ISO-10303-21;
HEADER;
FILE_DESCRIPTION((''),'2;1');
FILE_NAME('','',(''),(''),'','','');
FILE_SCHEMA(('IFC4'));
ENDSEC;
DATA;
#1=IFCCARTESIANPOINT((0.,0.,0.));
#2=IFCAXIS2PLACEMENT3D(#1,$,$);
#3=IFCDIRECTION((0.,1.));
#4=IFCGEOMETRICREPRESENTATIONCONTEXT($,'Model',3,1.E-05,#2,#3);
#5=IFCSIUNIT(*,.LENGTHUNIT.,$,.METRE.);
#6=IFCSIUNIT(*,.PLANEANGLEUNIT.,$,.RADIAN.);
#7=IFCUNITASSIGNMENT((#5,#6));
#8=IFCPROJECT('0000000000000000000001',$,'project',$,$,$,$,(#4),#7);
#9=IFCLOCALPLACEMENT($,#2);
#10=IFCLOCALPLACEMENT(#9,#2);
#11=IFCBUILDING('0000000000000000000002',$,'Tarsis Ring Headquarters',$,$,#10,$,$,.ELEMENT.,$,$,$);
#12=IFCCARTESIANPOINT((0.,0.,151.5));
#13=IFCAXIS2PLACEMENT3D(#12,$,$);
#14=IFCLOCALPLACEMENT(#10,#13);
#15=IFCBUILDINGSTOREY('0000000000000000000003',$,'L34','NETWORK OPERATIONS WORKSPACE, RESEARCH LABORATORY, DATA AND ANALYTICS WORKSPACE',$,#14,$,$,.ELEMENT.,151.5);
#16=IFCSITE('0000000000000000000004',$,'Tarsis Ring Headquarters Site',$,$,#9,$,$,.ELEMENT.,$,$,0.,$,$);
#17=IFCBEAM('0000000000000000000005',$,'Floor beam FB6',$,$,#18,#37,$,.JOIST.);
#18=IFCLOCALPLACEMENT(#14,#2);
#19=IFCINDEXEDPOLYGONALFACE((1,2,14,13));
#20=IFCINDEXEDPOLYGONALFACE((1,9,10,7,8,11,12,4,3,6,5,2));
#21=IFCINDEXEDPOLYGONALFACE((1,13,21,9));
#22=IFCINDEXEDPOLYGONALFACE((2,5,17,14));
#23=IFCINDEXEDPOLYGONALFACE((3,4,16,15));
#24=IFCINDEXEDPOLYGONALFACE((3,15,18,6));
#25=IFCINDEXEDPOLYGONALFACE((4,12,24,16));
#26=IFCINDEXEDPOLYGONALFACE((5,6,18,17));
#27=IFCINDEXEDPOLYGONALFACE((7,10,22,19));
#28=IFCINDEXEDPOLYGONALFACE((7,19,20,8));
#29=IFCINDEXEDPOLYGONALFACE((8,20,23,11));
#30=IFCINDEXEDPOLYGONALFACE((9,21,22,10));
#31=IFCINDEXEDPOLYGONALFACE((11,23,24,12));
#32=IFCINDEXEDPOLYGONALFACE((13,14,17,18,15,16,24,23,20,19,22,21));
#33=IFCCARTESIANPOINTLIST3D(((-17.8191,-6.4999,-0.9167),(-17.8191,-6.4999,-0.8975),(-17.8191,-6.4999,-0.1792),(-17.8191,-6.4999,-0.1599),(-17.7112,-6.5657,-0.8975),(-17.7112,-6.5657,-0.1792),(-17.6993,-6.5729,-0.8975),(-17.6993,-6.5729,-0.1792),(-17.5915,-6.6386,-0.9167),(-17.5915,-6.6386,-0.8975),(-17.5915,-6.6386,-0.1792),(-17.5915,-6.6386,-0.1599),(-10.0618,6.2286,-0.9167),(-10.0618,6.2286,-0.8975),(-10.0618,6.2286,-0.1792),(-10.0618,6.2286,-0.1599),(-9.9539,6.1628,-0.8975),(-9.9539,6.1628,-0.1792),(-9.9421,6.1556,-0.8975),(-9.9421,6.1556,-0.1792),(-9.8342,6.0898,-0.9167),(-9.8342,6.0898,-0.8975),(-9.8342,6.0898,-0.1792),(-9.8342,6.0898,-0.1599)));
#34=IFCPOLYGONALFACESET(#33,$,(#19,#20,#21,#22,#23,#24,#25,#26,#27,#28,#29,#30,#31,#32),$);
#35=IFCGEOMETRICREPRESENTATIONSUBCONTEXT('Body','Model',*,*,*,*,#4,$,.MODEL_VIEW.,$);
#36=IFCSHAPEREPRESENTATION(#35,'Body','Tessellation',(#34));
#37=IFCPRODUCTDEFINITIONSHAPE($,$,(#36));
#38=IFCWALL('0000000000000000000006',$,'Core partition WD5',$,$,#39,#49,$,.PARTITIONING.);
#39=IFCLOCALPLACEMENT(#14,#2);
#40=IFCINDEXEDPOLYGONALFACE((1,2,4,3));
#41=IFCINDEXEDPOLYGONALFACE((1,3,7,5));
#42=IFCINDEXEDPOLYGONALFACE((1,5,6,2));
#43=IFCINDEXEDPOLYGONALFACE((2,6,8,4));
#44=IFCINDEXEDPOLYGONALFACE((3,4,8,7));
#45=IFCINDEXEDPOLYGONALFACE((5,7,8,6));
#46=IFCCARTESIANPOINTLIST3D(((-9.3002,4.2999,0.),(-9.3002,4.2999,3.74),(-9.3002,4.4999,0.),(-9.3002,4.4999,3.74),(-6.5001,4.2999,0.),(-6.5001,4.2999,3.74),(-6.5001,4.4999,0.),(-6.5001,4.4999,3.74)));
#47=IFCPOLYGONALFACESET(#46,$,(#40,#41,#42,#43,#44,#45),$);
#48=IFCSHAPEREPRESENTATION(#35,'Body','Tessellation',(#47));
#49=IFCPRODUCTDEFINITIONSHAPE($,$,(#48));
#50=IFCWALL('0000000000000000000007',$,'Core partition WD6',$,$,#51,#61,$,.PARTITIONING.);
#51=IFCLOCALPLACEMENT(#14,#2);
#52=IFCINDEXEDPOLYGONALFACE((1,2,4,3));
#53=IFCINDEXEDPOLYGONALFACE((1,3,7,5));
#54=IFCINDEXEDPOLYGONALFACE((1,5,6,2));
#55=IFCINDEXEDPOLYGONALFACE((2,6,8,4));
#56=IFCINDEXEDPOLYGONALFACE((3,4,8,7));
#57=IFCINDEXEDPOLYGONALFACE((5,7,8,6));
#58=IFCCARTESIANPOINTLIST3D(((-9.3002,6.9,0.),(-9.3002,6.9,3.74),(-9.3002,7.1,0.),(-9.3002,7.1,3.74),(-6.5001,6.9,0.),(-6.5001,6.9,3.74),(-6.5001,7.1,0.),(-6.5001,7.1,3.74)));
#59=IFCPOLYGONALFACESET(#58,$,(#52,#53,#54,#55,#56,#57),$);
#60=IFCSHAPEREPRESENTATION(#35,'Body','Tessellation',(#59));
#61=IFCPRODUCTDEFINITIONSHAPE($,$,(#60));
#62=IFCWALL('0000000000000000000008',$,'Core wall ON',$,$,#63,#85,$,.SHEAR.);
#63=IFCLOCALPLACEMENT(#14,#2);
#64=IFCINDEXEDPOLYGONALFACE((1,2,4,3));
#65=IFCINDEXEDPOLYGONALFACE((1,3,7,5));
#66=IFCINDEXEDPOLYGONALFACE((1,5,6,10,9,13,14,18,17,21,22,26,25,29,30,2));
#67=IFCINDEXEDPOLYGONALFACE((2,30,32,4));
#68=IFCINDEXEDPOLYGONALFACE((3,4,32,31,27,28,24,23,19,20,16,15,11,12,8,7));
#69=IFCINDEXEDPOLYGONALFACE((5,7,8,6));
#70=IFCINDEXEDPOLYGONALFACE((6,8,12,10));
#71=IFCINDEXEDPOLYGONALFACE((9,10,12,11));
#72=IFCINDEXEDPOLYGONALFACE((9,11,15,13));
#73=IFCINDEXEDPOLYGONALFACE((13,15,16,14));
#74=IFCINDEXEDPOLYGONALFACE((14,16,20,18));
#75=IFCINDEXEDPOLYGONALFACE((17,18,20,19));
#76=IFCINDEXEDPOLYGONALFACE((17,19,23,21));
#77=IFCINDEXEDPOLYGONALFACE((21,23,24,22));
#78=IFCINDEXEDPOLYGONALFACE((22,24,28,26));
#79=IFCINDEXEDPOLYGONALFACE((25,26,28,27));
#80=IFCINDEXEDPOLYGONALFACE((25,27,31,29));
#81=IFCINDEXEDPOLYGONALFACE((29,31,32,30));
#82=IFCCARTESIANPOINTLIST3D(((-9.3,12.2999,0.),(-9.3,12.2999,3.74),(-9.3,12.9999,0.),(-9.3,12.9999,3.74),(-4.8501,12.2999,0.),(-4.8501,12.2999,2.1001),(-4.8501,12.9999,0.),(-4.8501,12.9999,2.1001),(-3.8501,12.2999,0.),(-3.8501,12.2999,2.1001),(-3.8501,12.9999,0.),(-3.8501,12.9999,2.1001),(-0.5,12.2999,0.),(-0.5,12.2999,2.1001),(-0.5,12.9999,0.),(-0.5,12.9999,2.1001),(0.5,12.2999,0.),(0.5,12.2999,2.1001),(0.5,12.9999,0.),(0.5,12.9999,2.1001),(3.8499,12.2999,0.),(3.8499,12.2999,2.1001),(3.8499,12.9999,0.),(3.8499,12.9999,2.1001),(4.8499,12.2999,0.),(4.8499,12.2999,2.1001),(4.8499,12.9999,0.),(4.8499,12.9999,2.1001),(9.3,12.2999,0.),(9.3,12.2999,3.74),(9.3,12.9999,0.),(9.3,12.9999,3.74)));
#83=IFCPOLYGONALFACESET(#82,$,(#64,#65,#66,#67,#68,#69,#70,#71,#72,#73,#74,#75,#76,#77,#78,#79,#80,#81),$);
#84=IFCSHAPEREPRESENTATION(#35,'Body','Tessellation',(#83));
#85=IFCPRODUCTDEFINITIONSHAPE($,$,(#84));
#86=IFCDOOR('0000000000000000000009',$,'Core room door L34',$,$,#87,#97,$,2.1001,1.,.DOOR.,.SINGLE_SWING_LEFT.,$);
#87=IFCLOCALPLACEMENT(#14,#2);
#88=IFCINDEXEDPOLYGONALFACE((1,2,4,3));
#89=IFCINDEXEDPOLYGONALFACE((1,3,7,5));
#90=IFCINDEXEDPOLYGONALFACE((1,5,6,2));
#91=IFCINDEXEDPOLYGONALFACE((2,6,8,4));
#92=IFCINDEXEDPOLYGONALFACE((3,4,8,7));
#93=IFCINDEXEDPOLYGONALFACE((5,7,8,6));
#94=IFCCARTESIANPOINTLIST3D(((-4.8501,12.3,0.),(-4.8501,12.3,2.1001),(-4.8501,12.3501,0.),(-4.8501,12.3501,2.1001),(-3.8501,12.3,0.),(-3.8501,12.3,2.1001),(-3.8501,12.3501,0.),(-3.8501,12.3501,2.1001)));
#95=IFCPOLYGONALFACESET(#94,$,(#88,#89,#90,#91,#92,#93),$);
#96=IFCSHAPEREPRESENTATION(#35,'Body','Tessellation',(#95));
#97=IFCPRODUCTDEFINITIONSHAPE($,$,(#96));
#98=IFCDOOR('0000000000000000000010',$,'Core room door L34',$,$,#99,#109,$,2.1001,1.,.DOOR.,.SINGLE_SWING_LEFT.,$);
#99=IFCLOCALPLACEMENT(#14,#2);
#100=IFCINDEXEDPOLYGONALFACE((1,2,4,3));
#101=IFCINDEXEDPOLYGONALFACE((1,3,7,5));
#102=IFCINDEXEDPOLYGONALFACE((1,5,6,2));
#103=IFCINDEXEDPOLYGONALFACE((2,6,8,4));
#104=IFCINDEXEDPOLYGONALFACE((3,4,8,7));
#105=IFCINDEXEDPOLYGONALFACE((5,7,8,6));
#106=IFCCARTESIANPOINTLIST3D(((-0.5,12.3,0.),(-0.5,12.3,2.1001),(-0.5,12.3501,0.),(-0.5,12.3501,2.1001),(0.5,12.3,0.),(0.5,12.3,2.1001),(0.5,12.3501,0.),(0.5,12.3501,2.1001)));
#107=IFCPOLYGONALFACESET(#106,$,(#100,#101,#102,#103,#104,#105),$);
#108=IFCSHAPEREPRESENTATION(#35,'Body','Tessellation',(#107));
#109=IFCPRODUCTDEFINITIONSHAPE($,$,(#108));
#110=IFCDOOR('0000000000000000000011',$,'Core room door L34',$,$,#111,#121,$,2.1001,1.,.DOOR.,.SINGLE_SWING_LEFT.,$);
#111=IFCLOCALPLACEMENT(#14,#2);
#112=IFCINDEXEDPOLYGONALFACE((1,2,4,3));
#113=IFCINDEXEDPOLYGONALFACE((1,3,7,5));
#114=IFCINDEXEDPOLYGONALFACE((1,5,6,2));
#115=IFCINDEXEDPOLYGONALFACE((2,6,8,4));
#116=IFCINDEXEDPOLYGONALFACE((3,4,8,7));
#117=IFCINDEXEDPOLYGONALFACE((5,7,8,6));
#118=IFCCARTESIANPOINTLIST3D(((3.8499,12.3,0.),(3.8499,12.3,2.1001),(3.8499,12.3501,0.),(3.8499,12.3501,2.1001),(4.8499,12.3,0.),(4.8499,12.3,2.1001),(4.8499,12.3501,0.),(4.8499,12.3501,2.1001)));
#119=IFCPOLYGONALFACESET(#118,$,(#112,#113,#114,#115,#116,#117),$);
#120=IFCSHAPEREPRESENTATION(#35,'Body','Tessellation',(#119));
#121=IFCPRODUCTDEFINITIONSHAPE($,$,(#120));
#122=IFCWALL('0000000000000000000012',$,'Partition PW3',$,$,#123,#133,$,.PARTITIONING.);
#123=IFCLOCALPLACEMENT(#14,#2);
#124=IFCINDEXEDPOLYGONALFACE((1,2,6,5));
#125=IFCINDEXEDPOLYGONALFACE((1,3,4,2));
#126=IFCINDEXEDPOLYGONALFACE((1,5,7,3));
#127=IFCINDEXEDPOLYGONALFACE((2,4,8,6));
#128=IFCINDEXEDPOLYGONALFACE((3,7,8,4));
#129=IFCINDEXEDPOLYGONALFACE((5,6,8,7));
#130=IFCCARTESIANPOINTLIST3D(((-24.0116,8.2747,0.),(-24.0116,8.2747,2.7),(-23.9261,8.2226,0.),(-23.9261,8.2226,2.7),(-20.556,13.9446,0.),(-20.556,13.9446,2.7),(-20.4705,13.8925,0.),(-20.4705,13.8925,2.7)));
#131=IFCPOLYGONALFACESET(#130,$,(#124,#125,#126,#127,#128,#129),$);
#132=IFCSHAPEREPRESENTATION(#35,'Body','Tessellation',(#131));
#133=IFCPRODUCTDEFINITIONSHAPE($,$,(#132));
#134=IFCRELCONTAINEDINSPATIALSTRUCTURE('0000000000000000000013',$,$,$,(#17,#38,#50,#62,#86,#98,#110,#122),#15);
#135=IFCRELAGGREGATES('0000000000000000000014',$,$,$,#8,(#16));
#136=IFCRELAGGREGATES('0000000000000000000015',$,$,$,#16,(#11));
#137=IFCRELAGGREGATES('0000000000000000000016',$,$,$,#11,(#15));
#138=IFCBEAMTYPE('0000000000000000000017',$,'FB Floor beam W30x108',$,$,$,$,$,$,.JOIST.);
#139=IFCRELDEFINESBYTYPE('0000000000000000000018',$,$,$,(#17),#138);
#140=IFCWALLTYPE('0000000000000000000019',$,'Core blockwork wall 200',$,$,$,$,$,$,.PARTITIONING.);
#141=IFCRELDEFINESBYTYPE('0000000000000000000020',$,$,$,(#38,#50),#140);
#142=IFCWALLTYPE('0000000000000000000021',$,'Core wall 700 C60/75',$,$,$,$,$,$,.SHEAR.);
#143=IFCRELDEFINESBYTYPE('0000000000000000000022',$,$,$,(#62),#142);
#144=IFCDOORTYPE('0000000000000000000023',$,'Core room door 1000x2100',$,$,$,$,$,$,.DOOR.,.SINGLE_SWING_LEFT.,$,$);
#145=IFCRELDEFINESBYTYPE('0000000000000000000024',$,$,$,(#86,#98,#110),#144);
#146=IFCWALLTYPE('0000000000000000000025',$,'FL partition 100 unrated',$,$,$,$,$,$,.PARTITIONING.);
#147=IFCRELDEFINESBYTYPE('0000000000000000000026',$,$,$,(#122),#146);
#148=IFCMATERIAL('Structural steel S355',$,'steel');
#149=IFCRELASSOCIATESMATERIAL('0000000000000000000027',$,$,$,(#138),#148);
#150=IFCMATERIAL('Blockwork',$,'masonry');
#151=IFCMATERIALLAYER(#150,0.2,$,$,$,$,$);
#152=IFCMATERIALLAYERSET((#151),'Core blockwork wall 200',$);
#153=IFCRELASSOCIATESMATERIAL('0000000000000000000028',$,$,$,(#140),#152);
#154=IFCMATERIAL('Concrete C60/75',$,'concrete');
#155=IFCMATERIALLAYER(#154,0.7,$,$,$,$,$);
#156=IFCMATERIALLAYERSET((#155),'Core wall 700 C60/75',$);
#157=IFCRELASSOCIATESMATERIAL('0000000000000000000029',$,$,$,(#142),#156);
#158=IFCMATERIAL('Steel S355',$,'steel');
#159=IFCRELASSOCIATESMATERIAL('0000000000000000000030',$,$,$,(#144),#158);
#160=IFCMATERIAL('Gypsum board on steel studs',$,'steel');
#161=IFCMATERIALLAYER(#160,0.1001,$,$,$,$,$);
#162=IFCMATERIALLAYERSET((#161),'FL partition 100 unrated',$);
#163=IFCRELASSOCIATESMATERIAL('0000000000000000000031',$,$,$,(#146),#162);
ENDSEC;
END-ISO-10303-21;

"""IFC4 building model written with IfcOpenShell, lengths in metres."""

from ifc_helpers import new_model, si_unit, direction, frame, frame_2d, origin, origin_2d, place, context, subcontext, project, spatial, rectangle, i_section, extrude, material, layer, layer_set, material_profile, profile_set, type_object, element, fill, save


model = new_model("IFC4")

# Units and contexts
model_context = context("Model", 3, precision=1e-05, world=origin(), true_north=direction((0.0, 1.0)))
body_context = subcontext(model_context, "Body", "Model", "MODEL_VIEW")
ifc_project = project(units=[si_unit("LENGTHUNIT", "METRE"), si_unit("PLANEANGLEUNIT", "RADIAN")], contexts=[model_context])

# Site, building, storey
site_placement = place(None, origin())
site = spatial("IfcSite", under=ifc_project, at=site_placement, Name="Tarsis Ring Headquarters Site", CompositionType="ELEMENT", RefElevation=0.0)
building_placement = place(site_placement, origin())
building = spatial("IfcBuilding", under=site, at=building_placement, Name="Tarsis Ring Headquarters", CompositionType="ELEMENT")
storey_placement = place(building_placement, frame((0.0, 0.0, 151.5)))
storey = spatial("IfcBuildingStorey", under=building, at=storey_placement, Name="L34", Description="NETWORK OPERATIONS WORKSPACE, RESEARCH LABORATORY, DATA AND ANALYTICS WORKSPACE", CompositionType="ELEMENT", Elevation=151.5)

# Beam
ifc_material_1 = material(Name="Structural steel S355", Category="steel")
ifc_material_profile = material_profile(ifc_material_1, i_section(OverallWidth=0.2666, OverallDepth=0.7568, WebThickness=0.0139, FlangeThickness=0.0193, at=origin_2d()), Name="W30x108")
ifc_profile_set = profile_set([ifc_material_profile], Name="Structural steel S355")
beam_type = type_object("IfcBeamType", Name="FB Floor beam W30x108", PredefinedType="JOIST", material=ifc_profile_set)
beam_placement = place(storey_placement, frame((-9.948, 6.1592, -0.5383), z_axis=(-0.520413, -0.853914, 0.0), x_axis=(0.853914, -0.520413, 0.0)))
element("IfcBeam", 1, at=beam_placement, inside=storey, type_object=beam_type, Name="Floor beam FB6", PredefinedType="JOIST", context=body_context, shape_type="SweptSolid", body=[
    extrude(i_section(OverallWidth=0.2666, OverallDepth=0.7568, WebThickness=0.0139, FlangeThickness=0.0193, at=origin_2d()), origin(), (0.0, 0.0, 1.0), 14.906),
])

# Walls
ifc_material_2 = material(Name="Blockwork", Category="masonry")
ifc_layer_1 = layer(ifc_material_2, 0.2)
ifc_layer_set_1 = layer_set([ifc_layer_1], Name="Core blockwork wall 200")
wall_type_1 = type_object("IfcWallType", Name="Core blockwork wall 200", PredefinedType="PARTITIONING", material=ifc_layer_set_1)
for number, where, z_axis, x_axis, name in (
    (2, (-9.3, 4.3999, 0.0), (0.0, 0.0, 1.0), (1.0, 0.0, 0.0), "Core partition WD5"),
    (3, (-9.3, 7.0, 0.0), (0.0, 0.0, 1.0), (1.0, 0.0, 0.0), "Core partition WD6"),
):
    element("IfcWall", number, at=place(storey_placement, frame(where, z_axis=z_axis, x_axis=x_axis)), inside=storey, type_object=wall_type_1, Name=name, PredefinedType="PARTITIONING", context=body_context, shape_type="SweptSolid", body=[
        extrude(rectangle(XDim=2.8, YDim=0.2, at=frame_2d((1.3999, 0.0))), origin(), (0.0, 0.0, 1.0), 3.74),
    ])

# Wall, openings, doors
ifc_material_3 = material(Name="Concrete C60/75", Category="concrete")
ifc_layer_2 = layer(ifc_material_3, 0.7)
ifc_layer_set_2 = layer_set([ifc_layer_2], Name="Core wall 700 C60/75")
wall_type_2 = type_object("IfcWallType", Name="Core wall 700 C60/75", PredefinedType="SHEAR", material=ifc_layer_set_2)
wall_1_placement = place(storey_placement, frame((-9.3, 12.6499, 0.0), z_axis=(0.0, 0.0, 1.0), x_axis=(1.0, 0.0, 0.0)))
wall_1 = element("IfcWall", 4, at=wall_1_placement, inside=storey, type_object=wall_type_2, Name="Core wall ON", PredefinedType="SHEAR", context=body_context, shape_type="SweptSolid", body=[
    extrude(rectangle(XDim=18.6001, YDim=0.7, at=frame_2d((9.3, 0.0))), origin(), (0.0, 0.0, 1.0), 3.74),
])
opening_1_placement = place(wall_1_placement, frame((4.45, 0.0, 0.0)))
opening_1 = element("IfcOpeningElement", 5, at=opening_1_placement, cuts=wall_1, PredefinedType="OPENING", context=body_context, shape_type="SweptSolid", body=[
    extrude(rectangle(XDim=1.0, YDim=2.1001, at=frame_2d((0.5, 1.05))), frame((0.0, 0.3599, 0.0), z_axis=(0.0, -1.0, 0.0), x_axis=(1.0, 0.0, 0.0)), (0.0, 0.0, 1.0), 0.72),
])
opening_2_placement = place(wall_1_placement, frame((8.8, 0.0, 0.0)))
opening_2 = element("IfcOpeningElement", 6, at=opening_2_placement, cuts=wall_1, PredefinedType="OPENING", context=body_context, shape_type="SweptSolid", body=[
    extrude(rectangle(XDim=1.0, YDim=2.1001, at=frame_2d((0.5, 1.05))), frame((0.0, 0.3599, 0.0), z_axis=(0.0, -1.0, 0.0), x_axis=(1.0, 0.0, 0.0)), (0.0, 0.0, 1.0), 0.72),
])
opening_3_placement = place(wall_1_placement, frame((13.1499, 0.0, 0.0)))
opening_3 = element("IfcOpeningElement", 7, at=opening_3_placement, cuts=wall_1, PredefinedType="OPENING", context=body_context, shape_type="SweptSolid", body=[
    extrude(rectangle(XDim=1.0, YDim=2.1001, at=frame_2d((0.5, 1.05))), frame((0.0, 0.3599, 0.0), z_axis=(0.0, -1.0, 0.0), x_axis=(1.0, 0.0, 0.0)), (0.0, 0.0, 1.0), 0.72),
])
ifc_material_4 = material(Name="Steel S355", Category="steel")
door_type_1 = type_object("IfcDoorType", Name="Core room door 1000x2100", OperationType="SINGLE_SWING_LEFT", PredefinedType="DOOR", material=ifc_material_4)
door_1_placement = place(opening_1_placement, origin())
door_1 = element("IfcDoor", 8, at=door_1_placement, inside=storey, type_object=door_type_1, Name="Core room door L34", OperationType="SINGLE_SWING_LEFT", OverallHeight=2.1001, OverallWidth=1.0, PredefinedType="DOOR", context=body_context, shape_type="SweptSolid", body=[
    extrude(rectangle(XDim=1.0, YDim=2.1001, at=frame_2d((0.5, 1.05))), frame((0.0, -0.2998, 0.0), z_axis=(0.0, -1.0, 0.0), x_axis=(1.0, 0.0, 0.0)), (0.0, 0.0, 1.0), 0.05),
])
fill(opening_1, door_1)
door_2_placement = place(opening_2_placement, origin())
door_2 = element("IfcDoor", 9, at=door_2_placement, inside=storey, type_object=door_type_1, Name="Core room door L34", OperationType="SINGLE_SWING_LEFT", OverallHeight=2.1001, OverallWidth=1.0, PredefinedType="DOOR", context=body_context, shape_type="SweptSolid", body=[
    extrude(rectangle(XDim=1.0, YDim=2.1001, at=frame_2d((0.5, 1.05))), frame((0.0, -0.2998, 0.0), z_axis=(0.0, -1.0, 0.0), x_axis=(1.0, 0.0, 0.0)), (0.0, 0.0, 1.0), 0.05),
])
fill(opening_2, door_2)
door_3_placement = place(opening_3_placement, origin())
door_3 = element("IfcDoor", 10, at=door_3_placement, inside=storey, type_object=door_type_1, Name="Core room door L34", OperationType="SINGLE_SWING_LEFT", OverallHeight=2.1001, OverallWidth=1.0, PredefinedType="DOOR", context=body_context, shape_type="SweptSolid", body=[
    extrude(rectangle(XDim=1.0, YDim=2.1001, at=frame_2d((0.5, 1.05))), frame((0.0, -0.2998, 0.0), z_axis=(0.0, -1.0, 0.0), x_axis=(1.0, 0.0, 0.0)), (0.0, 0.0, 1.0), 0.05),
])
fill(opening_3, door_3)

# Wall
ifc_material_5 = material(Name="Gypsum board on steel studs", Category="steel")
ifc_layer_3 = layer(ifc_material_5, 0.1001)
ifc_layer_set_3 = layer_set([ifc_layer_3], Name="FL partition 100 unrated")
wall_type_3 = type_object("IfcWallType", Name="FL partition 100 unrated", PredefinedType="PARTITIONING", material=ifc_layer_set_3)
wall_2_placement = place(storey_placement, frame((-23.9688, 8.2488, 0.0), z_axis=(0.0, 0.0, 1.0), x_axis=(0.52042, 0.85391, 0.0)))
element("IfcWall", 11, at=wall_2_placement, inside=storey, type_object=wall_type_3, Name="Partition PW3", PredefinedType="PARTITIONING", context=body_context, shape_type="SweptSolid", body=[
    extrude(rectangle(XDim=6.6399, YDim=0.1001, at=frame_2d((3.3198, 0.0))), origin(), (0.0, 0.0, 1.0), 2.7),
])

save(model, "model.ifc")
